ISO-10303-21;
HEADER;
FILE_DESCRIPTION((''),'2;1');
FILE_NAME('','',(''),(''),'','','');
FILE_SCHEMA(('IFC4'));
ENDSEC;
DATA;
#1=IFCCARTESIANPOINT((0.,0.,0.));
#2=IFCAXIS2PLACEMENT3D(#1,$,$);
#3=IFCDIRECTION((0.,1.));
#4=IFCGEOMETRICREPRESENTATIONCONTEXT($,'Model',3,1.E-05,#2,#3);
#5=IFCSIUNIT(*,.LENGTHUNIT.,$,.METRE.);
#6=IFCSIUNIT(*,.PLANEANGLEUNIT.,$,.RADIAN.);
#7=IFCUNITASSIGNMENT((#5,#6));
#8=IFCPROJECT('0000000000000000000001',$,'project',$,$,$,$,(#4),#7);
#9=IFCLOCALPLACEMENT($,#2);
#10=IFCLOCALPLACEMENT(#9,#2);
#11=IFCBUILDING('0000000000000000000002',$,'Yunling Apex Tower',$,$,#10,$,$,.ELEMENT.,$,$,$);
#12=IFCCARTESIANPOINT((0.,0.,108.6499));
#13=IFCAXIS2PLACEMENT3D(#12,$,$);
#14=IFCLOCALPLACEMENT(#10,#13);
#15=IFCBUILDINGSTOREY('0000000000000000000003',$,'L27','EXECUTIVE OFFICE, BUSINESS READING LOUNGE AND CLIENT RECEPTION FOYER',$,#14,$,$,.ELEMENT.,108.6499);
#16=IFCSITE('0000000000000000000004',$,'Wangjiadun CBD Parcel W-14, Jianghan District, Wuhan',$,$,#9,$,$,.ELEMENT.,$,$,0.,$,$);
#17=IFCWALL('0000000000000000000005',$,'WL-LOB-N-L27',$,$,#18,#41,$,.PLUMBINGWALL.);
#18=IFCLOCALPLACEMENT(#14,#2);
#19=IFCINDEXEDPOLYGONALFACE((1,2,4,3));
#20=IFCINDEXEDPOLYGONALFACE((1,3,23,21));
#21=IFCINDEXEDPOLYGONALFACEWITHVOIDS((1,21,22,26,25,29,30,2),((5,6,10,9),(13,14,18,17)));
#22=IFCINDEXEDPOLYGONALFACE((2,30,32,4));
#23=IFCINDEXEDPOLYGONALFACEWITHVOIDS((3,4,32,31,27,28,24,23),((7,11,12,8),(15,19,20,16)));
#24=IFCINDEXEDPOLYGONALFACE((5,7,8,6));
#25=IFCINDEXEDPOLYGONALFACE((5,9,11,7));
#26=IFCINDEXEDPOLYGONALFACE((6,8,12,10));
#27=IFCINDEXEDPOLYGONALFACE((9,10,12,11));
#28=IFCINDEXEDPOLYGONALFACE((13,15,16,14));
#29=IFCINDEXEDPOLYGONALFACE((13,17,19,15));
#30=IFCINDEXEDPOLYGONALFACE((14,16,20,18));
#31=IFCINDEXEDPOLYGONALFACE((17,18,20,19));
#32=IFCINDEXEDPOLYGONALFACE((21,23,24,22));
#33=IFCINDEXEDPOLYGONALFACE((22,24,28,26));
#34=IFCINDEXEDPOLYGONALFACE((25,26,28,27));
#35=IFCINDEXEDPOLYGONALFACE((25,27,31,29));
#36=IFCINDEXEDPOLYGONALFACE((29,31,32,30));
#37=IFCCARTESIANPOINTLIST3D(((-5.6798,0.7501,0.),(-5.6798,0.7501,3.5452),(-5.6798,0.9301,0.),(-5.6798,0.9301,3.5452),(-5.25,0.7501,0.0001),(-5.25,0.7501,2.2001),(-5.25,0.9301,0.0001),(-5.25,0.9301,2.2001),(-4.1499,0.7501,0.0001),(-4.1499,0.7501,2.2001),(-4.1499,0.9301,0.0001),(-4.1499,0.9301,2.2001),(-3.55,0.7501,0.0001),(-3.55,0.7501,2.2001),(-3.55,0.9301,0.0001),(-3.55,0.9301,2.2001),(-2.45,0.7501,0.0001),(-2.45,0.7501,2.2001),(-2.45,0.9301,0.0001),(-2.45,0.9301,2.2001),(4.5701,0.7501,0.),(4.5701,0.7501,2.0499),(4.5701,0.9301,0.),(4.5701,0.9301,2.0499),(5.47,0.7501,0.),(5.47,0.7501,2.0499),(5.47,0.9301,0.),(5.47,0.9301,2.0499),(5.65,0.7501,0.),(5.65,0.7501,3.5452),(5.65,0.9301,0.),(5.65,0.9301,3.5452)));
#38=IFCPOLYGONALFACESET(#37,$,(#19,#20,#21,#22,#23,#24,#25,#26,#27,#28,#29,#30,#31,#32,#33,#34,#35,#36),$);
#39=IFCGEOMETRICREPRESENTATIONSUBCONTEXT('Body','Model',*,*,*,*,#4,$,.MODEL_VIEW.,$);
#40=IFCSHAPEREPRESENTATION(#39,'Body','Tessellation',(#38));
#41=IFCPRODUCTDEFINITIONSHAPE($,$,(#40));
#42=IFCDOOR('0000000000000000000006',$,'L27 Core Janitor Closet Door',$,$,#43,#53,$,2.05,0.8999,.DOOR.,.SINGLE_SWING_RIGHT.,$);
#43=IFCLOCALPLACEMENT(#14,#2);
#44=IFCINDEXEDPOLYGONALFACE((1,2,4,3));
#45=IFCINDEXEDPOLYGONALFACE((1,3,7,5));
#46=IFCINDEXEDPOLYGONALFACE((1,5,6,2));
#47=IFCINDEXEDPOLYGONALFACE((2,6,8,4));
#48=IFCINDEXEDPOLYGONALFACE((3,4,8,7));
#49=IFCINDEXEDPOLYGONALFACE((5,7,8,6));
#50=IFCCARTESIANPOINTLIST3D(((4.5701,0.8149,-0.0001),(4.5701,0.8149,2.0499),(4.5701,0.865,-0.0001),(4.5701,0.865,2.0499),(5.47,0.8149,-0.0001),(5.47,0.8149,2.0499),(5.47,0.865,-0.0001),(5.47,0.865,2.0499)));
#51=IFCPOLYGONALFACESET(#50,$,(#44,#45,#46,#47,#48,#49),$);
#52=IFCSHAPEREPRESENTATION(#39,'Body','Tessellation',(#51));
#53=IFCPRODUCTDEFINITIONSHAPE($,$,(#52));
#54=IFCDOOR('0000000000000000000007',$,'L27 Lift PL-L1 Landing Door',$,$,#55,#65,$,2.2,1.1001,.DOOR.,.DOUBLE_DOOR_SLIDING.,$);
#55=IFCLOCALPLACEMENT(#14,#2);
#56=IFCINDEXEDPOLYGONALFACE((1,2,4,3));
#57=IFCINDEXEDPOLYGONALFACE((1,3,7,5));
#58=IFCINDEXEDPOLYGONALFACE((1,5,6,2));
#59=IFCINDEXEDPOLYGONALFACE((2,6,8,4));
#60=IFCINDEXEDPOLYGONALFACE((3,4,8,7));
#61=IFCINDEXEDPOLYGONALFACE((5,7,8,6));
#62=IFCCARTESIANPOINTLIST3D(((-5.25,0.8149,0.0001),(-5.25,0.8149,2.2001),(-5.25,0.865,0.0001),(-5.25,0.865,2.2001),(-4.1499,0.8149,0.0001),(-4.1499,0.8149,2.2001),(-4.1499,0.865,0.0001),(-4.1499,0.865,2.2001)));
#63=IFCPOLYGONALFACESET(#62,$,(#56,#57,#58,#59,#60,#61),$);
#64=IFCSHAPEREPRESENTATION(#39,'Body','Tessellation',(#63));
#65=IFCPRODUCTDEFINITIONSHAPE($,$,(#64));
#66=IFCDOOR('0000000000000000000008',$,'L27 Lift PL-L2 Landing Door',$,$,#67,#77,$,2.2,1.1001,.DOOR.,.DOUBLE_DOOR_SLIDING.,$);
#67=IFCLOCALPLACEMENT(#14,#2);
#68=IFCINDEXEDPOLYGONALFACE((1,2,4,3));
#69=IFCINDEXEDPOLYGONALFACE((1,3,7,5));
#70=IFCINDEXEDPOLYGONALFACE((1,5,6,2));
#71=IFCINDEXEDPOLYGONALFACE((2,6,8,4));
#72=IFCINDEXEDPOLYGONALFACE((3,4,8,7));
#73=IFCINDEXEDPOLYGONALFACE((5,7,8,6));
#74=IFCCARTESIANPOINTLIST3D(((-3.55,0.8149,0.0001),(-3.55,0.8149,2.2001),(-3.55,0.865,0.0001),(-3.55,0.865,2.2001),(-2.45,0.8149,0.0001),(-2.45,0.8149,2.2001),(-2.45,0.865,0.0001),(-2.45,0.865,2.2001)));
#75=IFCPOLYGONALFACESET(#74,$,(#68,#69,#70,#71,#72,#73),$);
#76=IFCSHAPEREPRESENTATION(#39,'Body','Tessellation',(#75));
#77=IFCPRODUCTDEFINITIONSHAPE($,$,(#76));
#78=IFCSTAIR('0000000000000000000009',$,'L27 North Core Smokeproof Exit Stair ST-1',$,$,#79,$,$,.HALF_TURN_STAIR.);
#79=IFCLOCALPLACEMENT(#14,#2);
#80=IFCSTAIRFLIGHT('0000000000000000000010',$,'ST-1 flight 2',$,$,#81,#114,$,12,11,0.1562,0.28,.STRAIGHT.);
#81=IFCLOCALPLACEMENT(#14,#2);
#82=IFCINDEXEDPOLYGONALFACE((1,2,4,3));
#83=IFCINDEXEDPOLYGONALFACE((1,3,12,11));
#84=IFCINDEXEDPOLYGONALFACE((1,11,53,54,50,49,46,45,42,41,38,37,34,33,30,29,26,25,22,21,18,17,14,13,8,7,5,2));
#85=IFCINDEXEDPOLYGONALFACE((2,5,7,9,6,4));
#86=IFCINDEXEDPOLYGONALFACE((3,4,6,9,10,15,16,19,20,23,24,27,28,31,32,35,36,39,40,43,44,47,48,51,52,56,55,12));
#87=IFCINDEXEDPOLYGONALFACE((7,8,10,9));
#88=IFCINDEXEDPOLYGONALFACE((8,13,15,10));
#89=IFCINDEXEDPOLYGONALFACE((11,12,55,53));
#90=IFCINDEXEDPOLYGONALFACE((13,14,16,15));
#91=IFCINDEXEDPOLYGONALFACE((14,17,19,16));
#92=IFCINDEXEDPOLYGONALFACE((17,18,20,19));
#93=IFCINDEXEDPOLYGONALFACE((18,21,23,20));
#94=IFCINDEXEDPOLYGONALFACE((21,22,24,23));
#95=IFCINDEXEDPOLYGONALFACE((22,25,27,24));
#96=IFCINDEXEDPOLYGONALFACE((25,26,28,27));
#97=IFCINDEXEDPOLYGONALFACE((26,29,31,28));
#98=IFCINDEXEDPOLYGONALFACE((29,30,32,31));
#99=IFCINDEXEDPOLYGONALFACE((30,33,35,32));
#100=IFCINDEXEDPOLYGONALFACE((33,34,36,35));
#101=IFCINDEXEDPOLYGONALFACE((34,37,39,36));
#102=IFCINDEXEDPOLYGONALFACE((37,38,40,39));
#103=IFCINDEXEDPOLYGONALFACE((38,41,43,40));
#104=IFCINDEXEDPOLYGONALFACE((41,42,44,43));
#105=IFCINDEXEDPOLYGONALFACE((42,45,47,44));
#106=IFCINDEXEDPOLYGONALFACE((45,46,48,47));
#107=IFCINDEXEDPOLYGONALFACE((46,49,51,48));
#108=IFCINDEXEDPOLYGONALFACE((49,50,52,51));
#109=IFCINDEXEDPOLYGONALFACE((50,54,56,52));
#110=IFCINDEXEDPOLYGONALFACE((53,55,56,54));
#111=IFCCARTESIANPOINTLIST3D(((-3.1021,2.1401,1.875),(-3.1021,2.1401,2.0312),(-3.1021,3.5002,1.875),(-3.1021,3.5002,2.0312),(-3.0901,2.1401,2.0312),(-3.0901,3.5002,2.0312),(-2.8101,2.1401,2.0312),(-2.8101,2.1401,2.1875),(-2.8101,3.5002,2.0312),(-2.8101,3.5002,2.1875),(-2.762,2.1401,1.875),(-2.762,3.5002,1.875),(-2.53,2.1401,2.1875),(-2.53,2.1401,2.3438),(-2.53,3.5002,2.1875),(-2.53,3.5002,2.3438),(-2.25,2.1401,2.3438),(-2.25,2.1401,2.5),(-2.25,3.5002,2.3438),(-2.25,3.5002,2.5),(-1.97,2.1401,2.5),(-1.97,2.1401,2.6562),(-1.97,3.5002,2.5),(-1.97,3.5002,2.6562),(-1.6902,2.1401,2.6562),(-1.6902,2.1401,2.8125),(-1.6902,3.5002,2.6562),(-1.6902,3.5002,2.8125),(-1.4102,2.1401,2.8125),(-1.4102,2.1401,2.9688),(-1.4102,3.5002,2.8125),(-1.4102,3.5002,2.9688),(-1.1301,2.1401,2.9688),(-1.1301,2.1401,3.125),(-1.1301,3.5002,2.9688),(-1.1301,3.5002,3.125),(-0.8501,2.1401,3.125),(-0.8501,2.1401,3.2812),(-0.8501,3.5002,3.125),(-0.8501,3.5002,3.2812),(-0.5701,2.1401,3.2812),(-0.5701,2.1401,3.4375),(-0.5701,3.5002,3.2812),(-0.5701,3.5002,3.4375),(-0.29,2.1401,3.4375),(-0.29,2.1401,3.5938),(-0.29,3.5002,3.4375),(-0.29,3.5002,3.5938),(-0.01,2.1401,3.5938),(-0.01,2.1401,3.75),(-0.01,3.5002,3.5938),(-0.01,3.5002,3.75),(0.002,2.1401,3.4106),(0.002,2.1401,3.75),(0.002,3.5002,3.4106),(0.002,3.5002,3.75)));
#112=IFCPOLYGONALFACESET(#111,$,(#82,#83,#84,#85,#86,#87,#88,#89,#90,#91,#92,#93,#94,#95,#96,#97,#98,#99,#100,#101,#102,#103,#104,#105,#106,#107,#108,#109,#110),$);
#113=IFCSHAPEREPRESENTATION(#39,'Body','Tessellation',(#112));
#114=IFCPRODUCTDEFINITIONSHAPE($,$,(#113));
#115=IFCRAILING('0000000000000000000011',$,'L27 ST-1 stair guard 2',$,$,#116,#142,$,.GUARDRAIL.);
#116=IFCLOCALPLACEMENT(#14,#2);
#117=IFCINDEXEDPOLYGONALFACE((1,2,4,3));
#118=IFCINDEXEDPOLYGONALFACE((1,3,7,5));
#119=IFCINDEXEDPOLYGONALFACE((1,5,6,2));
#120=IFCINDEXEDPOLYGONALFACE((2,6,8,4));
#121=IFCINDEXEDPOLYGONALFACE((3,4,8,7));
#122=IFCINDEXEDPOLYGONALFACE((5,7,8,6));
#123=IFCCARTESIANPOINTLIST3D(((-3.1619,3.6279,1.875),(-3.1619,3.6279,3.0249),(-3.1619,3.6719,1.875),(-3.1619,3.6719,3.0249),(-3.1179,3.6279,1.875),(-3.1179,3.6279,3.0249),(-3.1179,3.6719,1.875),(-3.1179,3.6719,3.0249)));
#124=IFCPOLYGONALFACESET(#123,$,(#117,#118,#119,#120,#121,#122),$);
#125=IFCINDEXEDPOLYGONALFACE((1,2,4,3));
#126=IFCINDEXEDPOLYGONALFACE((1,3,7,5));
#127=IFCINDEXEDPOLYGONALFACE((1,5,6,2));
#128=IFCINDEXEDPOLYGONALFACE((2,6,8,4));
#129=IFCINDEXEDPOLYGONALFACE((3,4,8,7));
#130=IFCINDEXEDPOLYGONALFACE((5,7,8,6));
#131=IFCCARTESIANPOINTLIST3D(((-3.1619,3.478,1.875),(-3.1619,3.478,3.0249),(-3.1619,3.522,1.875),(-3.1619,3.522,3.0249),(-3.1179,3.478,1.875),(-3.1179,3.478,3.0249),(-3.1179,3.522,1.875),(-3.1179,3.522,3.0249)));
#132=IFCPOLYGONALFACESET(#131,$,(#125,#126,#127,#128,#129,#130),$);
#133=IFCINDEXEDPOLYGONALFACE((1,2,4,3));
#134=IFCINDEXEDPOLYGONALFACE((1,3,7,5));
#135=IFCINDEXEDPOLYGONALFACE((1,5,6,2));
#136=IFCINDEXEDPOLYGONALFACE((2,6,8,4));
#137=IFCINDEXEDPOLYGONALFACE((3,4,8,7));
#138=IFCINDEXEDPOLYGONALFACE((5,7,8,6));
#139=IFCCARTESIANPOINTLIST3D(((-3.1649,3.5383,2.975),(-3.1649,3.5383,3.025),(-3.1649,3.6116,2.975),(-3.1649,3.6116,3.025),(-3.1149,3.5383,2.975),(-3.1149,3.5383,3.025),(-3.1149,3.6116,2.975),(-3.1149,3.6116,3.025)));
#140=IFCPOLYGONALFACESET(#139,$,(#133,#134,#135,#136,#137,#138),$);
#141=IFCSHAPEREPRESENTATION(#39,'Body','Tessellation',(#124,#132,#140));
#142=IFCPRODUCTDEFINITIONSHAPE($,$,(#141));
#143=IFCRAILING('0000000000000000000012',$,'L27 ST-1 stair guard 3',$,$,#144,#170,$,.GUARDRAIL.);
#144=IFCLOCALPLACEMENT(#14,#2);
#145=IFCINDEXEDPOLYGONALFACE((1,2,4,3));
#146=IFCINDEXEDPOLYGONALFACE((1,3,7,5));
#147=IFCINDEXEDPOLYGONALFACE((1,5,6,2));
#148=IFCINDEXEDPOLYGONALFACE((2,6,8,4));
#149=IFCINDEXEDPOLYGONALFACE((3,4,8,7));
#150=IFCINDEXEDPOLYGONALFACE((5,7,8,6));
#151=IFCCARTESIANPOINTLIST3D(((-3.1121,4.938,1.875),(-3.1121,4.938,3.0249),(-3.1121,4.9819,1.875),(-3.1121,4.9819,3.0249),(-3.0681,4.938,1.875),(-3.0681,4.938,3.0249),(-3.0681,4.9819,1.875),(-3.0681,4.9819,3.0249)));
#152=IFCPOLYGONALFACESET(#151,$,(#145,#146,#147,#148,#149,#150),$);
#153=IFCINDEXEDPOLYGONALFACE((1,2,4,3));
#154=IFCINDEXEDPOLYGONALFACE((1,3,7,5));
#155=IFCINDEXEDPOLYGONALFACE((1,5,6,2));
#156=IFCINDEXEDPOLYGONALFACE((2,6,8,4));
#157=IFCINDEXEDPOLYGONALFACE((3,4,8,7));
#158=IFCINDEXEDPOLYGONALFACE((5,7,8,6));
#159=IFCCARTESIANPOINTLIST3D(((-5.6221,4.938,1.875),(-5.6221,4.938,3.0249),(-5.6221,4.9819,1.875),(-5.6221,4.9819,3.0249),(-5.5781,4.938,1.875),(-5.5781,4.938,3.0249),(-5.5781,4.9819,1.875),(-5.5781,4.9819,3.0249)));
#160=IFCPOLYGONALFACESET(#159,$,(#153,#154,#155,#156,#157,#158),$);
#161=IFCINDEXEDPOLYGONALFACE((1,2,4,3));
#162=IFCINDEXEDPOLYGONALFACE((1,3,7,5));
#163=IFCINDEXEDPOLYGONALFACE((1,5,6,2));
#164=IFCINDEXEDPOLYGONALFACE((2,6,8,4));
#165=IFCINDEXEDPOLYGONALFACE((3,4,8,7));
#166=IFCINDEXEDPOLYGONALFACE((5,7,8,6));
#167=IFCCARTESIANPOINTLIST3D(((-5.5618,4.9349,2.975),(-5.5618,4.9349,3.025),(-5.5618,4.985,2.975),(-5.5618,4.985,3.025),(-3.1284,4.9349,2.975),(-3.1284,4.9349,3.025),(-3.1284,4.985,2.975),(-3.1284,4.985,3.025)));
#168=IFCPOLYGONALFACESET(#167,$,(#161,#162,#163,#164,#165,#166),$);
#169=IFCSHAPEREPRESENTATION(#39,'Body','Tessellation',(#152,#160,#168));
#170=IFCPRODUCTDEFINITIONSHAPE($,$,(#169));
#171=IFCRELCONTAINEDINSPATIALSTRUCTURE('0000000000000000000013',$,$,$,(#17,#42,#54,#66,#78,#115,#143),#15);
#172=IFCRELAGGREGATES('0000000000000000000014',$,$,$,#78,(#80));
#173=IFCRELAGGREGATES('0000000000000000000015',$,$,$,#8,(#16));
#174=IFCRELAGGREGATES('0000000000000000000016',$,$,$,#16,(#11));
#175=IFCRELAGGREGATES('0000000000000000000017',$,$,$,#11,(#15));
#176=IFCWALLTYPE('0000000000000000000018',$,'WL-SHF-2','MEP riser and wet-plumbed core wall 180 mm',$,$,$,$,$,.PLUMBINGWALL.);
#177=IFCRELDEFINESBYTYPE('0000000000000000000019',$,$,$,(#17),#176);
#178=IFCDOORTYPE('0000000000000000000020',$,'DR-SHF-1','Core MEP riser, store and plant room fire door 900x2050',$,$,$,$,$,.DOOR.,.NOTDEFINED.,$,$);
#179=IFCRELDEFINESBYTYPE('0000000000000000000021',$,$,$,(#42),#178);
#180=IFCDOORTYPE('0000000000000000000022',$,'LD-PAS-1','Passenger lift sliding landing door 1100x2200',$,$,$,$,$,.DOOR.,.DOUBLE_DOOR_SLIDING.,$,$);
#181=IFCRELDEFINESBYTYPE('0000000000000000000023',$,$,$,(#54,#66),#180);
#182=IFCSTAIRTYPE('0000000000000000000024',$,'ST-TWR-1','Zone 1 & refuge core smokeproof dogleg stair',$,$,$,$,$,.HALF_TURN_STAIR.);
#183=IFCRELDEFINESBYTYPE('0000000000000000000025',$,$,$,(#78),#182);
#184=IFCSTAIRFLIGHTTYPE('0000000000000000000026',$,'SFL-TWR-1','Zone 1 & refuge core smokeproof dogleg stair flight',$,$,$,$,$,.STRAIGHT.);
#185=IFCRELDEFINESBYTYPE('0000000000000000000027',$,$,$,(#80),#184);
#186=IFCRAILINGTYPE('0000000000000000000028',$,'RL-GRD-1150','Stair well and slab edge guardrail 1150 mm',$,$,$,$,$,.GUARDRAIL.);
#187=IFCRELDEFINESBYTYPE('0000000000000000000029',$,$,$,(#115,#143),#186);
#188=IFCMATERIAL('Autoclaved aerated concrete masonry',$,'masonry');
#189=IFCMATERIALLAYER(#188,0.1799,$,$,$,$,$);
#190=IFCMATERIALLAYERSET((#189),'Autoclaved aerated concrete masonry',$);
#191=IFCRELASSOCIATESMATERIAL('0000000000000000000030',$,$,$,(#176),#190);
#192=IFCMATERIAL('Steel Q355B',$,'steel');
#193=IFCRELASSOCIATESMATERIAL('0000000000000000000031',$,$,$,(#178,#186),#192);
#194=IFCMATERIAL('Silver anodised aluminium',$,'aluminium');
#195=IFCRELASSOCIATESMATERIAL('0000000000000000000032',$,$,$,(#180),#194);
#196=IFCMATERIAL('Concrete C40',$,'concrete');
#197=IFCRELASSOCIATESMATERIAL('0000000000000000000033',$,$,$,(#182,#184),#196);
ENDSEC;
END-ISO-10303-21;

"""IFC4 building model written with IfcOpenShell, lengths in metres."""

from ifc_helpers import new_model, si_unit, direction, frame, frame_2d, origin, origin_2d, place, context, subcontext, project, spatial, polyline, rectangle, outline, extrude, material, layer, layer_set, type_object, element, fill, aggregate, save


model = new_model("IFC4")

# Units and contexts
model_context = context("Model", 3, precision=1e-05, world=origin(), true_north=direction((0.0, 1.0)))
body_context = subcontext(model_context, "Body", "Model", "MODEL_VIEW")
ifc_project = project(units=[si_unit("LENGTHUNIT", "METRE"), si_unit("PLANEANGLEUNIT", "RADIAN")], contexts=[model_context])

# Site, building, storey
site_placement = place(None, origin())
site = spatial("IfcSite", under=ifc_project, at=site_placement, Name="Wangjiadun CBD Parcel W-14, Jianghan District, Wuhan", CompositionType="ELEMENT", RefElevation=0.0)
building_placement = place(site_placement, origin())
building = spatial("IfcBuilding", under=site, at=building_placement, Name="Yunling Apex Tower", CompositionType="ELEMENT")
storey_placement = place(building_placement, frame((0.0, 0.0, 108.6499)))
storey = spatial("IfcBuildingStorey", under=building, at=storey_placement, Name="L27", Description="EXECUTIVE OFFICE, BUSINESS READING LOUNGE AND CLIENT RECEPTION FOYER", CompositionType="ELEMENT", Elevation=108.6499)

# Shared definitions
ifc_material_1 = material(Name="Steel Q355B", Category="steel")

# Shared definitions
ifc_material_2 = material(Name="Concrete C40", Category="concrete")
ifc_material_3 = material(Name="Autoclaved aerated concrete masonry", Category="masonry")
ifc_layer_1 = layer(ifc_material_3, 0.1799)
ifc_layer_set_1 = layer_set([ifc_layer_1], Name="Autoclaved aerated concrete masonry")
wall_type_1 = type_object("IfcWallType", Name="WL-SHF-2", Description="MEP riser and wet-plumbed core wall 180 mm", PredefinedType="PLUMBINGWALL", material=ifc_layer_set_1)

# Wall, openings, doors
wall_1_placement = place(storey_placement, frame((-5.6799, 0.8401, 0.0), z_axis=(0.0, 0.0, 1.0), x_axis=(1.0, 0.0, 0.0)))
wall_1 = element("IfcWall", 1, at=wall_1_placement, inside=storey, type_object=wall_type_1, Name="WL-LOB-N-L27", PredefinedType="PLUMBINGWALL", context=body_context, shape_type="SweptSolid", body=[
    extrude(rectangle(XDim=11.3298, YDim=0.1799, at=frame_2d((5.665, 0.0))), origin(), (0.0, 0.0, 1.0), 3.5452),
])
opening_1_placement = place(wall_1_placement, frame((0.4299, 0.0, 0.0)))
opening_1 = element("IfcOpeningElement", 2, at=opening_1_placement, cuts=wall_1, PredefinedType="OPENING", context=body_context, shape_type="SweptSolid", body=[
    extrude(rectangle(XDim=1.1001, YDim=2.2, at=frame_2d((0.55, 1.1001))), frame((0.0, 0.1001, 0.0), z_axis=(0.0, -1.0, 0.0), x_axis=(1.0, 0.0, 0.0)), (0.0, 0.0, 1.0), 0.2),
])
opening_2_placement = place(wall_1_placement, frame((2.1299, 0.0, 0.0)))
opening_2 = element("IfcOpeningElement", 3, at=opening_2_placement, cuts=wall_1, PredefinedType="OPENING", context=body_context, shape_type="SweptSolid", body=[
    extrude(rectangle(XDim=1.1001, YDim=2.2, at=frame_2d((0.55, 1.1001))), frame((0.0, 0.1001, 0.0), z_axis=(0.0, -1.0, 0.0), x_axis=(1.0, 0.0, 0.0)), (0.0, 0.0, 1.0), 0.2),
])
opening_3_placement = place(wall_1_placement, frame((10.25, 0.0, 0.0)))
opening_3 = element("IfcOpeningElement", 4, at=opening_3_placement, cuts=wall_1, PredefinedType="OPENING", context=body_context, shape_type="SweptSolid", body=[
    extrude(rectangle(XDim=0.8999, YDim=2.05, at=frame_2d((0.45, 1.0249))), frame((0.0, 0.1001, 0.0), z_axis=(0.0, -1.0, 0.0), x_axis=(1.0, 0.0, 0.0)), (0.0, 0.0, 1.0), 0.2),
])
door_type_1 = type_object("IfcDoorType", Name="DR-SHF-1", Description="Core MEP riser, store and plant room fire door 900x2050", OperationType="NOTDEFINED", PredefinedType="DOOR", material=ifc_material_1)
door_1_placement = place(opening_3_placement, origin())
door_1 = element("IfcDoor", 5, at=door_1_placement, inside=storey, type_object=door_type_1, Name="L27 Core Janitor Closet Door", OperationType="SINGLE_SWING_RIGHT", OverallHeight=2.05, OverallWidth=0.8999, PredefinedType="DOOR", context=body_context, shape_type="SweptSolid", body=[
    extrude(rectangle(XDim=0.8999, YDim=2.05, at=frame_2d((0.45, 1.0249))), frame((0.0, 0.0249, 0.0), z_axis=(0.0, -1.0, 0.0), x_axis=(1.0, 0.0, 0.0)), (0.0, 0.0, 1.0), 0.05),
])
fill(opening_3, door_1)
ifc_material_4 = material(Name="Silver anodised aluminium", Category="aluminium")
door_type_2 = type_object("IfcDoorType", Name="LD-PAS-1", Description="Passenger lift sliding landing door 1100x2200", OperationType="DOUBLE_DOOR_SLIDING", PredefinedType="DOOR", material=ifc_material_4)
door_2_placement = place(opening_1_placement, origin())
door_2 = element("IfcDoor", 6, at=door_2_placement, inside=storey, type_object=door_type_2, Name="L27 Lift PL-L1 Landing Door", OperationType="DOUBLE_DOOR_SLIDING", OverallHeight=2.2, OverallWidth=1.1001, PredefinedType="DOOR", context=body_context, shape_type="SweptSolid", body=[
    extrude(rectangle(XDim=1.1001, YDim=2.2, at=frame_2d((0.55, 1.1001))), frame((0.0, 0.0249, 0.0), z_axis=(0.0, -1.0, 0.0), x_axis=(1.0, 0.0, 0.0)), (0.0, 0.0, 1.0), 0.05),
])
fill(opening_1, door_2)
door_3_placement = place(opening_2_placement, origin())
door_3 = element("IfcDoor", 7, at=door_3_placement, inside=storey, type_object=door_type_2, Name="L27 Lift PL-L2 Landing Door", OperationType="DOUBLE_DOOR_SLIDING", OverallHeight=2.2, OverallWidth=1.1001, PredefinedType="DOOR", context=body_context, shape_type="SweptSolid", body=[
    extrude(rectangle(XDim=1.1001, YDim=2.2, at=frame_2d((0.55, 1.1001))), frame((0.0, 0.0249, 0.0), z_axis=(0.0, -1.0, 0.0), x_axis=(1.0, 0.0, 0.0)), (0.0, 0.0, 1.0), 0.05),
])
fill(opening_2, door_3)

# Stair, stair flight
stair_type = type_object("IfcStairType", Name="ST-TWR-1", Description="Zone 1 & refuge core smokeproof dogleg stair", PredefinedType="HALF_TURN_STAIR", material=ifc_material_2)
stair_placement = place(storey_placement, origin())
stair = element("IfcStair", 8, at=stair_placement, inside=storey, type_object=stair_type, Name="L27 North Core Smokeproof Exit Stair ST-1", PredefinedType="HALF_TURN_STAIR")
stair_flight_type = type_object("IfcStairFlightType", Name="SFL-TWR-1", Description="Zone 1 & refuge core smokeproof dogleg stair flight", PredefinedType="STRAIGHT", material=ifc_material_2)
stair_flight_placement = place(storey_placement, frame((-3.0901, 2.8201, 1.875), z_axis=(0.0, 0.0, 1.0), x_axis=(1.0, 0.0, 0.0)))
stair_flight = element("IfcStairFlight", 9, at=stair_flight_placement, type_object=stair_flight_type, Name="ST-1 flight 2", NumberOfRisers=12, NumberOfTreads=11, PredefinedType="STRAIGHT", RiserHeight=0.1562, TreadLength=0.28, context=body_context, shape_type="SweptSolid", body=[
    extrude(outline(polyline([(-0.012, 0.0), (-0.012, 0.1562), (0.0, 0.1562), (0.28, 0.1562), (0.28, 0.3125), (0.5601, 0.3125), (0.5601, 0.4688), (0.8401, 0.4688), (0.8401, 0.625), (1.1201, 0.625), (1.1201, 0.7812), (1.3999, 0.7812), (1.3999, 0.9375), (1.6799, 0.9375), (1.6799, 1.0938), (1.96, 1.0938), (1.96, 1.25), (2.24, 1.25), (2.24, 1.4062), (2.52, 1.4062), (2.52, 1.5625), (2.8, 1.5625), (2.8, 1.7188), (3.0801, 1.7188), (3.0801, 1.875), (3.092, 1.875), (3.092, 1.5356), (0.3281, 0.0), (-0.012, 0.0)])), frame((0.0, 0.6802, 0.0), z_axis=(0.0, -1.0, 0.0), x_axis=(1.0, 0.0, 0.0)), (0.0, 0.0, 1.0), 1.3601),
])
aggregate(stair, [stair_flight])

# Railings
railing_type_1 = type_object("IfcRailingType", Name="RL-GRD-1150", Description="Stair well and slab edge guardrail 1150 mm", PredefinedType="GUARDRAIL", material=ifc_material_1)
railing_1_placement = place(storey_placement, frame((-3.1399, 3.6499, 1.875)))
element("IfcRailing", 10, at=railing_1_placement, inside=storey, type_object=railing_type_1, Name="L27 ST-1 stair guard 2", PredefinedType="GUARDRAIL", context=body_context, shape_type="SweptSolid", body=[
    extrude(rectangle(XDim=0.0439, YDim=0.0439, at=origin_2d()), origin(), (0.0, 0.0, 1.0), 1.1499),
    extrude(rectangle(XDim=0.0439, YDim=0.0439, at=origin_2d()), frame((0.0, -0.1499, 0.0)), (0.0, 0.0, 1.0), 1.1499),
    extrude(rectangle(XDim=0.05, YDim=0.05, at=origin_2d()), frame((0.0, -0.0383, 1.125), z_axis=(0.0, -1.0, 0.0), x_axis=(1.0, 0.0, 0.0)), (0.0, 0.0, 1.0), 0.0732),
])
railing_2_placement = place(storey_placement, frame((-3.0901, 4.96, 1.875)))
element("IfcRailing", 11, at=railing_2_placement, inside=storey, type_object=railing_type_1, Name="L27 ST-1 stair guard 3", PredefinedType="GUARDRAIL", context=body_context, shape_type="SweptSolid", body=[
    extrude(rectangle(XDim=0.0439, YDim=0.0439, at=origin_2d()), origin(), (0.0, 0.0, 1.0), 1.1499),
    extrude(rectangle(XDim=0.0439, YDim=0.0439, at=origin_2d()), frame((-2.51, 0.0, 0.0)), (0.0, 0.0, 1.0), 1.1499),
    extrude(rectangle(XDim=0.05, YDim=0.05, at=origin_2d()), frame((-0.0383, 0.0, 1.125), z_axis=(-1.0, 0.0, 0.0), x_axis=(0.0, -1.0, 0.0)), (0.0, 0.0, 1.0), 2.4333),
])

save(model, "model.ifc")
